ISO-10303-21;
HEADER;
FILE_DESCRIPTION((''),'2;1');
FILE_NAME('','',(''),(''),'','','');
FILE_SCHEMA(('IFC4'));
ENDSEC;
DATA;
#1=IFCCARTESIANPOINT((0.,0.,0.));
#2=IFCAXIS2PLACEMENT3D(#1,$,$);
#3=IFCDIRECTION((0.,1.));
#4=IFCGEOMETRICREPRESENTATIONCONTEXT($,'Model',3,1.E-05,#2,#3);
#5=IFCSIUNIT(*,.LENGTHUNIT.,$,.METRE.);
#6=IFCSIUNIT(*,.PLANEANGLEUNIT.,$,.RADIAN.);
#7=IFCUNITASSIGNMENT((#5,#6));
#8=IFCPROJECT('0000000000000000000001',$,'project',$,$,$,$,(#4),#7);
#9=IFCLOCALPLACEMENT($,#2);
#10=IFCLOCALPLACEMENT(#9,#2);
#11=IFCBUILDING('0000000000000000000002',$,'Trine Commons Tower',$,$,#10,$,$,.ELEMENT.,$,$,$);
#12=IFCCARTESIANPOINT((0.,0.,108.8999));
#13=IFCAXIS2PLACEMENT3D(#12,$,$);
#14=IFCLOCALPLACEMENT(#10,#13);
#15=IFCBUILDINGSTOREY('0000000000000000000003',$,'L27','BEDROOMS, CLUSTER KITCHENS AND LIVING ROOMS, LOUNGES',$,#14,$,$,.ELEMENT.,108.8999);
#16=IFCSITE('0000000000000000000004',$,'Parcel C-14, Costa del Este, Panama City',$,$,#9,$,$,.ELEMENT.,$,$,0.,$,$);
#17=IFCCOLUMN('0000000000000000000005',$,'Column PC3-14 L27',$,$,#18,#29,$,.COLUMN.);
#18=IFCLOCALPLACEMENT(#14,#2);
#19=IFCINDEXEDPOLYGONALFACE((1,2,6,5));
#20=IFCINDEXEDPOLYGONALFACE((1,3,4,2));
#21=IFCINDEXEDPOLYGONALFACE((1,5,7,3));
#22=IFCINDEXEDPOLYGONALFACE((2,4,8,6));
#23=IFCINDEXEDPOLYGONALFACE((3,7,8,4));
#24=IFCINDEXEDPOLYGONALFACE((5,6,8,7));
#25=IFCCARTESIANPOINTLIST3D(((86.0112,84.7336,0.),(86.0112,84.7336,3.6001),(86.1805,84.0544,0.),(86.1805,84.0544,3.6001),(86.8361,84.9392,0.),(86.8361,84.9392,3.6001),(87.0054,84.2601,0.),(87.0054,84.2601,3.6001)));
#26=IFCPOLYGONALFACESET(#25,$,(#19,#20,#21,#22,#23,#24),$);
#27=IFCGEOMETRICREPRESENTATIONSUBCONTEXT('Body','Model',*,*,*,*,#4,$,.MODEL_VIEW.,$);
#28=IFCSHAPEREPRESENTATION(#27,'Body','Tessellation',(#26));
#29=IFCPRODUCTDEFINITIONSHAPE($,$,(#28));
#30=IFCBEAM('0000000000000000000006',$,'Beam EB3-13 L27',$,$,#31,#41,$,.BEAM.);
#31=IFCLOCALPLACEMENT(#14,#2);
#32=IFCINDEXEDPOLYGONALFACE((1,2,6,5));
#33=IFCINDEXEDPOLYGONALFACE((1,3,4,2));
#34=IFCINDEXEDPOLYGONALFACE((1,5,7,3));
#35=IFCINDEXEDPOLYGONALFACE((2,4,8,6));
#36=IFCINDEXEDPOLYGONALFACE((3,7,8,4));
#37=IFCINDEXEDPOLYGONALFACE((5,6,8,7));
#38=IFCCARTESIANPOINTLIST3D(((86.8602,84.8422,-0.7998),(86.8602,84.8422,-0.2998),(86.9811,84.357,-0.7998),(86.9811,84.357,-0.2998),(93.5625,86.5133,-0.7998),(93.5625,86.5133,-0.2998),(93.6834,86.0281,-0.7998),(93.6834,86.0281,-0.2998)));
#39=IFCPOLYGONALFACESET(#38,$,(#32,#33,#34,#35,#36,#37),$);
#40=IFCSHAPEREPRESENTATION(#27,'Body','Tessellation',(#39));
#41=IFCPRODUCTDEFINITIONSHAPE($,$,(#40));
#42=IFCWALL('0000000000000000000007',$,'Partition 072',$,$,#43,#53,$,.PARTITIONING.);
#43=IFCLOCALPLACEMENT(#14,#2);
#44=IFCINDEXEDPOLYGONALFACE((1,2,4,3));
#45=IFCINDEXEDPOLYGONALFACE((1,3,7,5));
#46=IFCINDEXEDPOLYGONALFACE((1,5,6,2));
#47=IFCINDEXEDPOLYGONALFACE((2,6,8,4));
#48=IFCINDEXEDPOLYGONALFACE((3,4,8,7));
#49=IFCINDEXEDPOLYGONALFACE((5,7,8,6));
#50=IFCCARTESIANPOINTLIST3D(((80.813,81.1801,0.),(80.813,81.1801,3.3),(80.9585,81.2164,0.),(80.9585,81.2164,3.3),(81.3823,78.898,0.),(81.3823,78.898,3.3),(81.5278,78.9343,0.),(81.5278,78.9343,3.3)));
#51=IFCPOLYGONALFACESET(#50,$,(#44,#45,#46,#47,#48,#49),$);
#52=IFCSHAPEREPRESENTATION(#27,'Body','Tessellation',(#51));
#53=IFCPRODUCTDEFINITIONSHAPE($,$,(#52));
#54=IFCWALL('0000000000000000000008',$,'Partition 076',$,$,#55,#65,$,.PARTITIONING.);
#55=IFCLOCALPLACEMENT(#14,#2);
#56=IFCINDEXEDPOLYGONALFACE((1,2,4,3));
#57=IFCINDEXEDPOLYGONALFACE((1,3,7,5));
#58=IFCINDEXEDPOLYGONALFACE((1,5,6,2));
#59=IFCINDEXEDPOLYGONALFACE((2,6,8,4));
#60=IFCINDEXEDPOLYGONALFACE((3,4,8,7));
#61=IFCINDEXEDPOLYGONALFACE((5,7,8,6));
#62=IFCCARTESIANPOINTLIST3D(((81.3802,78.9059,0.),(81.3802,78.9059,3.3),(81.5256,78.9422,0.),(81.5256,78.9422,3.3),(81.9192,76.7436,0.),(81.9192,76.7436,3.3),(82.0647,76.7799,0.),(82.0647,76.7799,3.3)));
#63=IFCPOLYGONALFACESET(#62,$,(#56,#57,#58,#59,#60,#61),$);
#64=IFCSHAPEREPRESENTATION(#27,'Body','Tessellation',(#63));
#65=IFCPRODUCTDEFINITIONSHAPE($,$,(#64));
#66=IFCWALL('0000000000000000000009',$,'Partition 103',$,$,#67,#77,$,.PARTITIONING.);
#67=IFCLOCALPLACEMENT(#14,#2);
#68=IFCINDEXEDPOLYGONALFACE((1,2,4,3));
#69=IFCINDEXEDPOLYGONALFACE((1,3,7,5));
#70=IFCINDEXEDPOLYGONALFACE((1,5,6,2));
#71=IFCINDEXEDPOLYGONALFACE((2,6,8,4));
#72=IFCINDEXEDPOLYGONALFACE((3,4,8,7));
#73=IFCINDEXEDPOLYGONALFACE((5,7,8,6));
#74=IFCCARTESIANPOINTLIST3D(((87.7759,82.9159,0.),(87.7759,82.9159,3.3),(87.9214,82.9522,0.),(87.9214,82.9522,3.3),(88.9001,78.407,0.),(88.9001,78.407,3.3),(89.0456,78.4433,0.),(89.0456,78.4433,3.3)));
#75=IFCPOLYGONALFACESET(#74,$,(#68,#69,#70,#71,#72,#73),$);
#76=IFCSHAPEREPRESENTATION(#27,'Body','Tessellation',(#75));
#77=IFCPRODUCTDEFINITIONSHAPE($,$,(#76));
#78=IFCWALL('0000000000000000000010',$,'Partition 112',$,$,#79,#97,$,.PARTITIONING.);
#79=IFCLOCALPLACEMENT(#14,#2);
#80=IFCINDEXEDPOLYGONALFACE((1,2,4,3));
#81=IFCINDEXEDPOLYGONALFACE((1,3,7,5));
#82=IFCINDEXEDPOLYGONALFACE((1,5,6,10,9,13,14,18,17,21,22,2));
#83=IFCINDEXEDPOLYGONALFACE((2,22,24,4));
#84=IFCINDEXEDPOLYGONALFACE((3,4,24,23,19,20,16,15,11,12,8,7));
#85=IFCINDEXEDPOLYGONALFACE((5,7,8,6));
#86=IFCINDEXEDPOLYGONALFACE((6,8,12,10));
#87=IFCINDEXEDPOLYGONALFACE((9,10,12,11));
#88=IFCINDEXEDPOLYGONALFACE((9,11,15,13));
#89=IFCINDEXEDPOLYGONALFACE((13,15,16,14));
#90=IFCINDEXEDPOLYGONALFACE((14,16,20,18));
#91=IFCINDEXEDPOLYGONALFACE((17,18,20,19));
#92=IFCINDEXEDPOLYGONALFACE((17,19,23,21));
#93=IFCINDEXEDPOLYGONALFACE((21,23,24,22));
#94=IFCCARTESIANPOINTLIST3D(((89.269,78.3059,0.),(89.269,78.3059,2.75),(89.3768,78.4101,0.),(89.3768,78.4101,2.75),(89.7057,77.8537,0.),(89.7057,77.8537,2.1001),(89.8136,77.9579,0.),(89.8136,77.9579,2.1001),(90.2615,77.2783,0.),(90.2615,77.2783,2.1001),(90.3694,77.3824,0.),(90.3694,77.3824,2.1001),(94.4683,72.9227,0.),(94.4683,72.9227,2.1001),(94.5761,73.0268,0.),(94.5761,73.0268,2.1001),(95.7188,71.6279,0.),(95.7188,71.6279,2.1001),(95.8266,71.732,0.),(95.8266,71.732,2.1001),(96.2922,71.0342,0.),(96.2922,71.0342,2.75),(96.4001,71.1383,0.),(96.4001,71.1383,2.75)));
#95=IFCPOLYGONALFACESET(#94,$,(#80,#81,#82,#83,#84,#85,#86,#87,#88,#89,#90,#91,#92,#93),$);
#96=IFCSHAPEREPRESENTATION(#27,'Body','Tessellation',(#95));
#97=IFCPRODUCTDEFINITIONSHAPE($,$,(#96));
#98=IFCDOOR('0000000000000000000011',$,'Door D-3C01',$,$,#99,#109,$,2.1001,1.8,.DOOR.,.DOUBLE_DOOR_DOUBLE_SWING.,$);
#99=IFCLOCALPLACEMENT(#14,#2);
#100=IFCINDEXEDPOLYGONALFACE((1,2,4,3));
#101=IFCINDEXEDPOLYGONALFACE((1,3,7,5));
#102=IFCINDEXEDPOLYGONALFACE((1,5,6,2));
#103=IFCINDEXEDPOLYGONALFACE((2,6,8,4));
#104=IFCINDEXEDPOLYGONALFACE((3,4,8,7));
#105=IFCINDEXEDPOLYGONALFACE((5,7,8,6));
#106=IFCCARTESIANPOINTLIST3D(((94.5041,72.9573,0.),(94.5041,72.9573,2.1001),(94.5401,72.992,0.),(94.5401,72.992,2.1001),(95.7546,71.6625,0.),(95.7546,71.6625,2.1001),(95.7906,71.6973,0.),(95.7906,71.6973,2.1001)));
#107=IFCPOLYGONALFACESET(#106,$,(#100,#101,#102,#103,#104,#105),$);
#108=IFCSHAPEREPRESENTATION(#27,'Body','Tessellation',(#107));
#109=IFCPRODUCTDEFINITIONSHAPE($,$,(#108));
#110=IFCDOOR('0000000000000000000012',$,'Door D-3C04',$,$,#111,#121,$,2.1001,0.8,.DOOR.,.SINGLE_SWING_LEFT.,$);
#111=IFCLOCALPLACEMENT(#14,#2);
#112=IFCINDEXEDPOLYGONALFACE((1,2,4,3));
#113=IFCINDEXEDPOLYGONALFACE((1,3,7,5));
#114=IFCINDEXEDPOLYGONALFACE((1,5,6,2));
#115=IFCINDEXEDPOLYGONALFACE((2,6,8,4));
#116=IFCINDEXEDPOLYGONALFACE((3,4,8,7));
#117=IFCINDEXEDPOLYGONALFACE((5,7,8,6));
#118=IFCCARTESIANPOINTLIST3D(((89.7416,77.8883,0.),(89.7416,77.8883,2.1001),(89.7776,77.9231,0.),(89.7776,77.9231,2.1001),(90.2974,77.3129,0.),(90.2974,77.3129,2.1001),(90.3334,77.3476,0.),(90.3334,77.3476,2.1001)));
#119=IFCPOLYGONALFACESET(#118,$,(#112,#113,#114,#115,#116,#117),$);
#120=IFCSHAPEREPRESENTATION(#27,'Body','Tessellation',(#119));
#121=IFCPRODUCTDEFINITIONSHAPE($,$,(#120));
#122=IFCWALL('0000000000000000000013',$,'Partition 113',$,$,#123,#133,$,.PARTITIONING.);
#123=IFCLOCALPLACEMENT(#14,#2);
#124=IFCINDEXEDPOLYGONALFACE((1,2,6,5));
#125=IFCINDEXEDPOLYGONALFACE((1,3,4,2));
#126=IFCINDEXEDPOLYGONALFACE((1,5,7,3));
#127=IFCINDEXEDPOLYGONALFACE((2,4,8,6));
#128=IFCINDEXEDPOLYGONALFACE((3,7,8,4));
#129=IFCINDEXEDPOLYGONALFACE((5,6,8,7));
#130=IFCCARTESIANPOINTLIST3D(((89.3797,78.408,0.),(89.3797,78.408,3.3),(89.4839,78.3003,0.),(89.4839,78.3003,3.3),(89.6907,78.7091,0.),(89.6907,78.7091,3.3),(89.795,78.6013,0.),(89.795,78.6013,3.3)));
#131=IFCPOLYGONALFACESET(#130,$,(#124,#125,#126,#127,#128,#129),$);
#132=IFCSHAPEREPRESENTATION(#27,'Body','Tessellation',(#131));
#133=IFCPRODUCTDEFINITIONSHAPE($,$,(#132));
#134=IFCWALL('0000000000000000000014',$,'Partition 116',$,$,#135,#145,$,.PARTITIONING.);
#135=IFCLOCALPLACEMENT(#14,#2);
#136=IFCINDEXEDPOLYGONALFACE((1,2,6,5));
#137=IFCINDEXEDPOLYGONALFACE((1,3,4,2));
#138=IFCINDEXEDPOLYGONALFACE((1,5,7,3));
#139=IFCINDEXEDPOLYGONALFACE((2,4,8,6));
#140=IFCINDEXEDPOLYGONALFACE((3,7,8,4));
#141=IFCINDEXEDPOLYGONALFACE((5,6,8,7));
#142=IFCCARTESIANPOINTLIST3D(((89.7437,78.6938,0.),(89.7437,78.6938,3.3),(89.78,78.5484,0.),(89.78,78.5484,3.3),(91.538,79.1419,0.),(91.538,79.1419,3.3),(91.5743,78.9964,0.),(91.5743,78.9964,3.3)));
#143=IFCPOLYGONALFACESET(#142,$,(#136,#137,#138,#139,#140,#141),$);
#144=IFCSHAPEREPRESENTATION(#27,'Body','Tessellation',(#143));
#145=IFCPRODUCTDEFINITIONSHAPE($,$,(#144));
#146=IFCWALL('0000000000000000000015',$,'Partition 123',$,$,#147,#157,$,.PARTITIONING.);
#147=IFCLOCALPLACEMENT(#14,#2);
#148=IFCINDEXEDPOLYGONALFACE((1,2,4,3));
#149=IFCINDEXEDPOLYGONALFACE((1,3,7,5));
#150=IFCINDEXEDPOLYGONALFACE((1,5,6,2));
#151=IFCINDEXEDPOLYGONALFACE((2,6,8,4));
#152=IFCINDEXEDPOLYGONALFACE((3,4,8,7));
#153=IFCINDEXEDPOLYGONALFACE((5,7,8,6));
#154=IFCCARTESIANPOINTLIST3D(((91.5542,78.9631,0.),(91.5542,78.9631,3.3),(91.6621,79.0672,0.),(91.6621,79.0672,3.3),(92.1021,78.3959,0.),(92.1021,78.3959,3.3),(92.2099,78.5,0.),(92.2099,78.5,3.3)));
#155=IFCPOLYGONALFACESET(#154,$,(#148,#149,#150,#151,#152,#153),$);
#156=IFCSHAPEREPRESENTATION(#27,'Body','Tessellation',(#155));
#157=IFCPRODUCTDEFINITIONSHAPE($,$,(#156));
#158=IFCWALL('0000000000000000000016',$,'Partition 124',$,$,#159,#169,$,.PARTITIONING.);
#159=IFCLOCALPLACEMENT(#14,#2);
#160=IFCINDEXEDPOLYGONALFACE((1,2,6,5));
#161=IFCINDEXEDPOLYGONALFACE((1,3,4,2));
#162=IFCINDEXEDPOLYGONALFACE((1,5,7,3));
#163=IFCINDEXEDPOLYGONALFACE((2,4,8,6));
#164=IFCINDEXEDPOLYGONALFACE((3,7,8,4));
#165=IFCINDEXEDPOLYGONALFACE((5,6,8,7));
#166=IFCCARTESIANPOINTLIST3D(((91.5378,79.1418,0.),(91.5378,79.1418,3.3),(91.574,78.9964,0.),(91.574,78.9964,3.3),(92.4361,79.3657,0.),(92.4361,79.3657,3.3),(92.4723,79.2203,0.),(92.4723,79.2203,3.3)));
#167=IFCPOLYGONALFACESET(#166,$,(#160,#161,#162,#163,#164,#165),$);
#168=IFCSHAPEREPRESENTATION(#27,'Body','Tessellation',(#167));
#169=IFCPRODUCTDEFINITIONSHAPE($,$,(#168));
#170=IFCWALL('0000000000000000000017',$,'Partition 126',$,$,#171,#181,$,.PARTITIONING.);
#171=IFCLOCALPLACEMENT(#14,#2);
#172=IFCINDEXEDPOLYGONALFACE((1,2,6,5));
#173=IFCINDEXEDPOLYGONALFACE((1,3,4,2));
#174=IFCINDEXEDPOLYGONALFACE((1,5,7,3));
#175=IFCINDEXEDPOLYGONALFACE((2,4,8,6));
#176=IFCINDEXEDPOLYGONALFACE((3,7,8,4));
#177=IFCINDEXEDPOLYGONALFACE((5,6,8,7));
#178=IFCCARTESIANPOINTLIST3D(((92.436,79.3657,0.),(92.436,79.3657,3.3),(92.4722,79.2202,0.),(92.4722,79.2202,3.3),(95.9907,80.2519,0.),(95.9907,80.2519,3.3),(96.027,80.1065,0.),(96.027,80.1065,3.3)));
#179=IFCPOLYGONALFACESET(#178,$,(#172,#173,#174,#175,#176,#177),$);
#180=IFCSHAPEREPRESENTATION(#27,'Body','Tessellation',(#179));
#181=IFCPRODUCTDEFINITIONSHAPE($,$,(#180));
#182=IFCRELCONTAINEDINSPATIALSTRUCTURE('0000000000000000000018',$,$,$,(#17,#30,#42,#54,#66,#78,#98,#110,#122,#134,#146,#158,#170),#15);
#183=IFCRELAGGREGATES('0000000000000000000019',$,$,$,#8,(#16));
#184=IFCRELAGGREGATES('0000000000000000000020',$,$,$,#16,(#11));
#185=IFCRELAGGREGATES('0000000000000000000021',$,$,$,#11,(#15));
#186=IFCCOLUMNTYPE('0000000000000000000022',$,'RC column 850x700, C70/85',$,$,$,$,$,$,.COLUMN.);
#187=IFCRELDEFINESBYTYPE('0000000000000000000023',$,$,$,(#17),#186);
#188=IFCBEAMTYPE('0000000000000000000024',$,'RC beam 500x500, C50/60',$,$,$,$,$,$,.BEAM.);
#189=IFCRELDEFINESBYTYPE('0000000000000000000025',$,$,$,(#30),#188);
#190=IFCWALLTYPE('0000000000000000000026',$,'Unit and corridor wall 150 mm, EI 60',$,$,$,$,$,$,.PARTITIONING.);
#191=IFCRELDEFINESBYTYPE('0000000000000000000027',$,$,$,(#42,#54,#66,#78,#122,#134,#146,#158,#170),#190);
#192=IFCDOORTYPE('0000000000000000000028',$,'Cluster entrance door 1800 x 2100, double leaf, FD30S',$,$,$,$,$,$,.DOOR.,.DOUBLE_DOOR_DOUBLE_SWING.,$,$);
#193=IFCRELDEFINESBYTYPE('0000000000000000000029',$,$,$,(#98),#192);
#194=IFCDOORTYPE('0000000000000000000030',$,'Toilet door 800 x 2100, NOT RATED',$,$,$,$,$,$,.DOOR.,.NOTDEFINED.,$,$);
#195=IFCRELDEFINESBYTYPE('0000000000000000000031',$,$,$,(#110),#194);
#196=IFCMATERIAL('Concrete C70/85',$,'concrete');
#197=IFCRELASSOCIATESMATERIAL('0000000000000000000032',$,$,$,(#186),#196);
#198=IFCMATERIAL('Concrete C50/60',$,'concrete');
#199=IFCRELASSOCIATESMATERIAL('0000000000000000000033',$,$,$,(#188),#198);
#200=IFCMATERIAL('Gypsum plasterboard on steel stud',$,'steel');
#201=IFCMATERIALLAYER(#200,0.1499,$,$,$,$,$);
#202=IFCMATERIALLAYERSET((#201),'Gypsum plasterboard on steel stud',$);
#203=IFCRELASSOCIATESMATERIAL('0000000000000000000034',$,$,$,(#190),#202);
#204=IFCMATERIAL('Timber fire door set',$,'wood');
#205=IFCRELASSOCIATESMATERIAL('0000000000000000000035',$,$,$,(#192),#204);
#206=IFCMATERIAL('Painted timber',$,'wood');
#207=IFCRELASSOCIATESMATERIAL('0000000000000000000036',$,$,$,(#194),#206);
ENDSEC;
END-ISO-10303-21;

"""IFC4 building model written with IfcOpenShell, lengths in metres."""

from ifc_helpers import new_model, si_unit, direction, frame, frame_2d, origin, origin_2d, place, context, subcontext, project, spatial, rectangle, extrude, material, layer, layer_set, material_profile, profile_set, type_object, element, fill, save


model = new_model("IFC4")

# Units and contexts
model_context = context("Model", 3, precision=1e-05, world=origin(), true_north=direction((0.0, 1.0)))
body_context = subcontext(model_context, "Body", "Model", "MODEL_VIEW")
ifc_project = project(units=[si_unit("LENGTHUNIT", "METRE"), si_unit("PLANEANGLEUNIT", "RADIAN")], contexts=[model_context])

# Site, building, storey
site_placement = place(None, origin())
site = spatial("IfcSite", under=ifc_project, at=site_placement, Name="Parcel C-14, Costa del Este, Panama City", CompositionType="ELEMENT", RefElevation=0.0)
building_placement = place(site_placement, origin())
building = spatial("IfcBuilding", under=site, at=building_placement, Name="Trine Commons Tower", CompositionType="ELEMENT")
storey_placement = place(building_placement, frame((0.0, 0.0, 108.8999)))
storey = spatial("IfcBuildingStorey", under=building, at=storey_placement, Name="L27", Description="BEDROOMS, CLUSTER KITCHENS AND LIVING ROOMS, LOUNGES", CompositionType="ELEMENT", Elevation=108.8999)

# Column
ifc_material_1 = material(Name="Concrete C70/85", Category="concrete")
ifc_material_profile_1 = material_profile(ifc_material_1, rectangle(XDim=0.8501, YDim=0.7, at=origin_2d()), Name="RC 850x700")
ifc_profile_set_1 = profile_set([ifc_material_profile_1], Name="Concrete C70/85")
column_type = type_object("IfcColumnType", Name="RC column 850x700, C70/85", PredefinedType="COLUMN", material=ifc_profile_set_1)
column_placement = place(storey_placement, frame((86.5083, 84.4968, 0.0), z_axis=(0.0, 0.0, 1.0), x_axis=(0.970296, 0.241922, 0.0)))
element("IfcColumn", 1, at=column_placement, inside=storey, type_object=column_type, Name="Column PC3-14 L27", PredefinedType="COLUMN", context=body_context, shape_type="SweptSolid", body=[
    extrude(rectangle(XDim=0.8501, YDim=0.7, at=origin_2d()), origin(), (0.0, 0.0, 1.0), 3.6001),
])

# Beam
ifc_material_2 = material(Name="Concrete C50/60", Category="concrete")
ifc_material_profile_2 = material_profile(ifc_material_2, rectangle(XDim=0.5, YDim=0.5, at=origin_2d()), Name="RC 500x500")
ifc_profile_set_2 = profile_set([ifc_material_profile_2], Name="Concrete C50/60")
beam_type = type_object("IfcBeamType", Name="RC beam 500x500, C50/60", PredefinedType="BEAM", material=ifc_profile_set_2)
beam_placement = place(storey_placement, frame((86.9207, 84.5996, -0.5498), z_axis=(0.970294, 0.241928, 0.0), x_axis=(-0.241928, 0.970294, 0.0)))
element("IfcBeam", 2, at=beam_placement, inside=storey, type_object=beam_type, Name="Beam EB3-13 L27", PredefinedType="BEAM", context=body_context, shape_type="SweptSolid", body=[
    extrude(rectangle(XDim=0.5, YDim=0.5, at=origin_2d()), origin(), (0.0, 0.0, 1.0), 6.9075),
])

# Walls
ifc_material_3 = material(Name="Gypsum plasterboard on steel stud", Category="steel")
ifc_layer_1 = layer(ifc_material_3, 0.1499)
ifc_layer_set_1 = layer_set([ifc_layer_1], Name="Gypsum plasterboard on steel stud")
wall_type_1 = type_object("IfcWallType", Name="Unit and corridor wall 150 mm, EI 60", PredefinedType="PARTITIONING", material=ifc_layer_set_1)
wall_1_placement = place(storey_placement, frame((80.8857, 81.1982, 0.0), z_axis=(0.0, 0.0, 1.0), x_axis=(0.242047, -0.970264, 0.0)))
element("IfcWall", 3, at=wall_1_placement, inside=storey, type_object=wall_type_1, Name="Partition 072", PredefinedType="PARTITIONING", context=body_context, shape_type="SweptSolid", body=[
    extrude(rectangle(XDim=2.3521, YDim=0.1499, at=frame_2d((1.176, 0.0))), origin(), (0.0, 0.0, 1.0), 3.3),
])
wall_2_placement = place(storey_placement, frame((81.4529, 78.9241, 0.0), z_axis=(0.0, 0.0, 1.0), x_axis=(0.241891, -0.970303, 0.0)))
element("IfcWall", 4, at=wall_2_placement, inside=storey, type_object=wall_type_1, Name="Partition 076", PredefinedType="PARTITIONING", context=body_context, shape_type="SweptSolid", body=[
    extrude(rectangle(XDim=2.2285, YDim=0.1499, at=frame_2d((1.1143, 0.0))), origin(), (0.0, 0.0, 1.0), 3.3),
])
wall_3_placement = place(storey_placement, frame((87.8486, 82.9341, 0.0), z_axis=(0.0, 0.0, 1.0), x_axis=(0.24193, -0.970294, 0.0)))
element("IfcWall", 5, at=wall_3_placement, inside=storey, type_object=wall_type_1, Name="Partition 103", PredefinedType="PARTITIONING", context=body_context, shape_type="SweptSolid", body=[
    extrude(rectangle(XDim=4.647, YDim=0.1499, at=frame_2d((2.3235, 0.0))), origin(), (0.0, 0.0, 1.0), 3.3),
])

# Wall, openings, doors
wall_4_placement = place(storey_placement, frame((89.323, 78.3579, 0.0), z_axis=(0.0, 0.0, 1.0), x_axis=(0.694708, -0.719292, 0.0)))
wall_4 = element("IfcWall", 6, at=wall_4_placement, inside=storey, type_object=wall_type_1, Name="Partition 112", PredefinedType="PARTITIONING", context=body_context, shape_type="SweptSolid", body=[
    extrude(rectangle(XDim=10.1096, YDim=0.1499, at=frame_2d((5.0547, 0.0))), origin(), (0.0, 0.0, 1.0), 2.75),
])
opening_1_placement = place(wall_4_placement, frame((7.4841, 0.0, 0.0)))
opening_1 = element("IfcOpeningElement", 7, at=opening_1_placement, cuts=wall_4, PredefinedType="OPENING", context=body_context, shape_type="SweptSolid", body=[
    extrude(rectangle(XDim=1.8, YDim=2.1001, at=frame_2d((0.8999, 1.05))), frame((0.0, 0.085, 0.0), z_axis=(0.0, -1.0, 0.0), x_axis=(1.0, 0.0, 0.0)), (0.0, 0.0, 1.0), 0.1699),
])
opening_2_placement = place(wall_4_placement, frame((0.6287, 0.0, 0.0)))
opening_2 = element("IfcOpeningElement", 8, at=opening_2_placement, cuts=wall_4, PredefinedType="OPENING", context=body_context, shape_type="SweptSolid", body=[
    extrude(rectangle(XDim=0.8, YDim=2.1001, at=frame_2d((0.3999, 1.05))), frame((0.0, 0.085, 0.0), z_axis=(0.0, -1.0, 0.0), x_axis=(1.0, 0.0, 0.0)), (0.0, 0.0, 1.0), 0.1699),
])
ifc_material_4 = material(Name="Timber fire door set", Category="wood")
door_type_1 = type_object("IfcDoorType", Name="Cluster entrance door 1800 x 2100, double leaf, FD30S", OperationType="DOUBLE_DOOR_DOUBLE_SWING", PredefinedType="DOOR", material=ifc_material_4)
door_1_placement = place(opening_1_placement, origin())
door_1 = element("IfcDoor", 9, at=door_1_placement, inside=storey, type_object=door_type_1, Name="Door D-3C01", OperationType="DOUBLE_DOOR_DOUBLE_SWING", OverallHeight=2.1001, OverallWidth=1.8, PredefinedType="DOOR", context=body_context, shape_type="SweptSolid", body=[
    extrude(rectangle(XDim=1.8, YDim=2.1001, at=frame_2d((0.8999, 1.05))), frame((0.0, 0.0249, 0.0), z_axis=(0.0, -1.0, 0.0), x_axis=(1.0, 0.0, 0.0)), (0.0, 0.0, 1.0), 0.05),
])
fill(opening_1, door_1)
ifc_material_5 = material(Name="Painted timber", Category="wood")
door_type_2 = type_object("IfcDoorType", Name="Toilet door 800 x 2100, NOT RATED", OperationType="NOTDEFINED", PredefinedType="DOOR", material=ifc_material_5)
door_2_placement = place(opening_2_placement, origin())
door_2 = element("IfcDoor", 10, at=door_2_placement, inside=storey, type_object=door_type_2, Name="Door D-3C04", OperationType="SINGLE_SWING_LEFT", OverallHeight=2.1001, OverallWidth=0.8, PredefinedType="DOOR", context=body_context, shape_type="SweptSolid", body=[
    extrude(rectangle(XDim=0.8, YDim=2.1001, at=frame_2d((0.3999, 1.05))), frame((0.0, 0.0249, 0.0), z_axis=(0.0, -1.0, 0.0), x_axis=(1.0, 0.0, 0.0)), (0.0, 0.0, 1.0), 0.05),
])
fill(opening_2, door_2)

# Walls
wall_5_placement = place(storey_placement, frame((89.4319, 78.3542, 0.0), z_axis=(0.0, 0.0, 1.0), x_axis=(0.718575, 0.69545, 0.0)))
element("IfcWall", 11, at=wall_5_placement, inside=storey, type_object=wall_type_1, Name="Partition 113", PredefinedType="PARTITIONING", context=body_context, shape_type="SweptSolid", body=[
    extrude(rectangle(XDim=0.4329, YDim=0.1499, at=frame_2d((0.2163, 0.0))), origin(), (0.0, 0.0, 1.0), 3.3),
])
wall_6_placement = place(storey_placement, frame((89.7617, 78.6211, 0.0), z_axis=(0.0, 0.0, 1.0), x_axis=(0.970212, 0.242256, 0.0)))
element("IfcWall", 12, at=wall_6_placement, inside=storey, type_object=wall_type_1, Name="Partition 116", PredefinedType="PARTITIONING", context=body_context, shape_type="SweptSolid", body=[
    extrude(rectangle(XDim=1.8494, YDim=0.1499, at=frame_2d((0.9248, 0.0))), origin(), (0.0, 0.0, 1.0), 3.3),
])
wall_7_placement = place(storey_placement, frame((91.6082, 79.0151, 0.0), z_axis=(0.0, 0.0, 1.0), x_axis=(0.694771, -0.719231, 0.0)))
element("IfcWall", 13, at=wall_7_placement, inside=storey, type_object=wall_type_1, Name="Partition 123", PredefinedType="PARTITIONING", context=body_context, shape_type="SweptSolid", body=[
    extrude(rectangle(XDim=0.7886, YDim=0.1499, at=frame_2d((0.3943, 0.0))), origin(), (0.0, 0.0, 1.0), 3.3),
])
wall_8_placement = place(storey_placement, frame((91.5559, 79.0691, 0.0), z_axis=(0.0, 0.0, 1.0), x_axis=(0.970313, 0.241853, 0.0)))
element("IfcWall", 14, at=wall_8_placement, inside=storey, type_object=wall_type_1, Name="Partition 124", PredefinedType="PARTITIONING", context=body_context, shape_type="SweptSolid", body=[
    extrude(rectangle(XDim=0.9258, YDim=0.1499, at=frame_2d((0.4629, 0.0))), origin(), (0.0, 0.0, 1.0), 3.3),
])
wall_9_placement = place(storey_placement, frame((92.4541, 79.293, 0.0), z_axis=(0.0, 0.0, 1.0), x_axis=(0.970299, 0.241908, 0.0)))
element("IfcWall", 15, at=wall_9_placement, inside=storey, type_object=wall_type_1, Name="Partition 126", PredefinedType="PARTITIONING", context=body_context, shape_type="SweptSolid", body=[
    extrude(rectangle(XDim=3.6636, YDim=0.1499, at=frame_2d((1.8318, 0.0))), origin(), (0.0, 0.0, 1.0), 3.3),
])

save(model, "model.ifc")
